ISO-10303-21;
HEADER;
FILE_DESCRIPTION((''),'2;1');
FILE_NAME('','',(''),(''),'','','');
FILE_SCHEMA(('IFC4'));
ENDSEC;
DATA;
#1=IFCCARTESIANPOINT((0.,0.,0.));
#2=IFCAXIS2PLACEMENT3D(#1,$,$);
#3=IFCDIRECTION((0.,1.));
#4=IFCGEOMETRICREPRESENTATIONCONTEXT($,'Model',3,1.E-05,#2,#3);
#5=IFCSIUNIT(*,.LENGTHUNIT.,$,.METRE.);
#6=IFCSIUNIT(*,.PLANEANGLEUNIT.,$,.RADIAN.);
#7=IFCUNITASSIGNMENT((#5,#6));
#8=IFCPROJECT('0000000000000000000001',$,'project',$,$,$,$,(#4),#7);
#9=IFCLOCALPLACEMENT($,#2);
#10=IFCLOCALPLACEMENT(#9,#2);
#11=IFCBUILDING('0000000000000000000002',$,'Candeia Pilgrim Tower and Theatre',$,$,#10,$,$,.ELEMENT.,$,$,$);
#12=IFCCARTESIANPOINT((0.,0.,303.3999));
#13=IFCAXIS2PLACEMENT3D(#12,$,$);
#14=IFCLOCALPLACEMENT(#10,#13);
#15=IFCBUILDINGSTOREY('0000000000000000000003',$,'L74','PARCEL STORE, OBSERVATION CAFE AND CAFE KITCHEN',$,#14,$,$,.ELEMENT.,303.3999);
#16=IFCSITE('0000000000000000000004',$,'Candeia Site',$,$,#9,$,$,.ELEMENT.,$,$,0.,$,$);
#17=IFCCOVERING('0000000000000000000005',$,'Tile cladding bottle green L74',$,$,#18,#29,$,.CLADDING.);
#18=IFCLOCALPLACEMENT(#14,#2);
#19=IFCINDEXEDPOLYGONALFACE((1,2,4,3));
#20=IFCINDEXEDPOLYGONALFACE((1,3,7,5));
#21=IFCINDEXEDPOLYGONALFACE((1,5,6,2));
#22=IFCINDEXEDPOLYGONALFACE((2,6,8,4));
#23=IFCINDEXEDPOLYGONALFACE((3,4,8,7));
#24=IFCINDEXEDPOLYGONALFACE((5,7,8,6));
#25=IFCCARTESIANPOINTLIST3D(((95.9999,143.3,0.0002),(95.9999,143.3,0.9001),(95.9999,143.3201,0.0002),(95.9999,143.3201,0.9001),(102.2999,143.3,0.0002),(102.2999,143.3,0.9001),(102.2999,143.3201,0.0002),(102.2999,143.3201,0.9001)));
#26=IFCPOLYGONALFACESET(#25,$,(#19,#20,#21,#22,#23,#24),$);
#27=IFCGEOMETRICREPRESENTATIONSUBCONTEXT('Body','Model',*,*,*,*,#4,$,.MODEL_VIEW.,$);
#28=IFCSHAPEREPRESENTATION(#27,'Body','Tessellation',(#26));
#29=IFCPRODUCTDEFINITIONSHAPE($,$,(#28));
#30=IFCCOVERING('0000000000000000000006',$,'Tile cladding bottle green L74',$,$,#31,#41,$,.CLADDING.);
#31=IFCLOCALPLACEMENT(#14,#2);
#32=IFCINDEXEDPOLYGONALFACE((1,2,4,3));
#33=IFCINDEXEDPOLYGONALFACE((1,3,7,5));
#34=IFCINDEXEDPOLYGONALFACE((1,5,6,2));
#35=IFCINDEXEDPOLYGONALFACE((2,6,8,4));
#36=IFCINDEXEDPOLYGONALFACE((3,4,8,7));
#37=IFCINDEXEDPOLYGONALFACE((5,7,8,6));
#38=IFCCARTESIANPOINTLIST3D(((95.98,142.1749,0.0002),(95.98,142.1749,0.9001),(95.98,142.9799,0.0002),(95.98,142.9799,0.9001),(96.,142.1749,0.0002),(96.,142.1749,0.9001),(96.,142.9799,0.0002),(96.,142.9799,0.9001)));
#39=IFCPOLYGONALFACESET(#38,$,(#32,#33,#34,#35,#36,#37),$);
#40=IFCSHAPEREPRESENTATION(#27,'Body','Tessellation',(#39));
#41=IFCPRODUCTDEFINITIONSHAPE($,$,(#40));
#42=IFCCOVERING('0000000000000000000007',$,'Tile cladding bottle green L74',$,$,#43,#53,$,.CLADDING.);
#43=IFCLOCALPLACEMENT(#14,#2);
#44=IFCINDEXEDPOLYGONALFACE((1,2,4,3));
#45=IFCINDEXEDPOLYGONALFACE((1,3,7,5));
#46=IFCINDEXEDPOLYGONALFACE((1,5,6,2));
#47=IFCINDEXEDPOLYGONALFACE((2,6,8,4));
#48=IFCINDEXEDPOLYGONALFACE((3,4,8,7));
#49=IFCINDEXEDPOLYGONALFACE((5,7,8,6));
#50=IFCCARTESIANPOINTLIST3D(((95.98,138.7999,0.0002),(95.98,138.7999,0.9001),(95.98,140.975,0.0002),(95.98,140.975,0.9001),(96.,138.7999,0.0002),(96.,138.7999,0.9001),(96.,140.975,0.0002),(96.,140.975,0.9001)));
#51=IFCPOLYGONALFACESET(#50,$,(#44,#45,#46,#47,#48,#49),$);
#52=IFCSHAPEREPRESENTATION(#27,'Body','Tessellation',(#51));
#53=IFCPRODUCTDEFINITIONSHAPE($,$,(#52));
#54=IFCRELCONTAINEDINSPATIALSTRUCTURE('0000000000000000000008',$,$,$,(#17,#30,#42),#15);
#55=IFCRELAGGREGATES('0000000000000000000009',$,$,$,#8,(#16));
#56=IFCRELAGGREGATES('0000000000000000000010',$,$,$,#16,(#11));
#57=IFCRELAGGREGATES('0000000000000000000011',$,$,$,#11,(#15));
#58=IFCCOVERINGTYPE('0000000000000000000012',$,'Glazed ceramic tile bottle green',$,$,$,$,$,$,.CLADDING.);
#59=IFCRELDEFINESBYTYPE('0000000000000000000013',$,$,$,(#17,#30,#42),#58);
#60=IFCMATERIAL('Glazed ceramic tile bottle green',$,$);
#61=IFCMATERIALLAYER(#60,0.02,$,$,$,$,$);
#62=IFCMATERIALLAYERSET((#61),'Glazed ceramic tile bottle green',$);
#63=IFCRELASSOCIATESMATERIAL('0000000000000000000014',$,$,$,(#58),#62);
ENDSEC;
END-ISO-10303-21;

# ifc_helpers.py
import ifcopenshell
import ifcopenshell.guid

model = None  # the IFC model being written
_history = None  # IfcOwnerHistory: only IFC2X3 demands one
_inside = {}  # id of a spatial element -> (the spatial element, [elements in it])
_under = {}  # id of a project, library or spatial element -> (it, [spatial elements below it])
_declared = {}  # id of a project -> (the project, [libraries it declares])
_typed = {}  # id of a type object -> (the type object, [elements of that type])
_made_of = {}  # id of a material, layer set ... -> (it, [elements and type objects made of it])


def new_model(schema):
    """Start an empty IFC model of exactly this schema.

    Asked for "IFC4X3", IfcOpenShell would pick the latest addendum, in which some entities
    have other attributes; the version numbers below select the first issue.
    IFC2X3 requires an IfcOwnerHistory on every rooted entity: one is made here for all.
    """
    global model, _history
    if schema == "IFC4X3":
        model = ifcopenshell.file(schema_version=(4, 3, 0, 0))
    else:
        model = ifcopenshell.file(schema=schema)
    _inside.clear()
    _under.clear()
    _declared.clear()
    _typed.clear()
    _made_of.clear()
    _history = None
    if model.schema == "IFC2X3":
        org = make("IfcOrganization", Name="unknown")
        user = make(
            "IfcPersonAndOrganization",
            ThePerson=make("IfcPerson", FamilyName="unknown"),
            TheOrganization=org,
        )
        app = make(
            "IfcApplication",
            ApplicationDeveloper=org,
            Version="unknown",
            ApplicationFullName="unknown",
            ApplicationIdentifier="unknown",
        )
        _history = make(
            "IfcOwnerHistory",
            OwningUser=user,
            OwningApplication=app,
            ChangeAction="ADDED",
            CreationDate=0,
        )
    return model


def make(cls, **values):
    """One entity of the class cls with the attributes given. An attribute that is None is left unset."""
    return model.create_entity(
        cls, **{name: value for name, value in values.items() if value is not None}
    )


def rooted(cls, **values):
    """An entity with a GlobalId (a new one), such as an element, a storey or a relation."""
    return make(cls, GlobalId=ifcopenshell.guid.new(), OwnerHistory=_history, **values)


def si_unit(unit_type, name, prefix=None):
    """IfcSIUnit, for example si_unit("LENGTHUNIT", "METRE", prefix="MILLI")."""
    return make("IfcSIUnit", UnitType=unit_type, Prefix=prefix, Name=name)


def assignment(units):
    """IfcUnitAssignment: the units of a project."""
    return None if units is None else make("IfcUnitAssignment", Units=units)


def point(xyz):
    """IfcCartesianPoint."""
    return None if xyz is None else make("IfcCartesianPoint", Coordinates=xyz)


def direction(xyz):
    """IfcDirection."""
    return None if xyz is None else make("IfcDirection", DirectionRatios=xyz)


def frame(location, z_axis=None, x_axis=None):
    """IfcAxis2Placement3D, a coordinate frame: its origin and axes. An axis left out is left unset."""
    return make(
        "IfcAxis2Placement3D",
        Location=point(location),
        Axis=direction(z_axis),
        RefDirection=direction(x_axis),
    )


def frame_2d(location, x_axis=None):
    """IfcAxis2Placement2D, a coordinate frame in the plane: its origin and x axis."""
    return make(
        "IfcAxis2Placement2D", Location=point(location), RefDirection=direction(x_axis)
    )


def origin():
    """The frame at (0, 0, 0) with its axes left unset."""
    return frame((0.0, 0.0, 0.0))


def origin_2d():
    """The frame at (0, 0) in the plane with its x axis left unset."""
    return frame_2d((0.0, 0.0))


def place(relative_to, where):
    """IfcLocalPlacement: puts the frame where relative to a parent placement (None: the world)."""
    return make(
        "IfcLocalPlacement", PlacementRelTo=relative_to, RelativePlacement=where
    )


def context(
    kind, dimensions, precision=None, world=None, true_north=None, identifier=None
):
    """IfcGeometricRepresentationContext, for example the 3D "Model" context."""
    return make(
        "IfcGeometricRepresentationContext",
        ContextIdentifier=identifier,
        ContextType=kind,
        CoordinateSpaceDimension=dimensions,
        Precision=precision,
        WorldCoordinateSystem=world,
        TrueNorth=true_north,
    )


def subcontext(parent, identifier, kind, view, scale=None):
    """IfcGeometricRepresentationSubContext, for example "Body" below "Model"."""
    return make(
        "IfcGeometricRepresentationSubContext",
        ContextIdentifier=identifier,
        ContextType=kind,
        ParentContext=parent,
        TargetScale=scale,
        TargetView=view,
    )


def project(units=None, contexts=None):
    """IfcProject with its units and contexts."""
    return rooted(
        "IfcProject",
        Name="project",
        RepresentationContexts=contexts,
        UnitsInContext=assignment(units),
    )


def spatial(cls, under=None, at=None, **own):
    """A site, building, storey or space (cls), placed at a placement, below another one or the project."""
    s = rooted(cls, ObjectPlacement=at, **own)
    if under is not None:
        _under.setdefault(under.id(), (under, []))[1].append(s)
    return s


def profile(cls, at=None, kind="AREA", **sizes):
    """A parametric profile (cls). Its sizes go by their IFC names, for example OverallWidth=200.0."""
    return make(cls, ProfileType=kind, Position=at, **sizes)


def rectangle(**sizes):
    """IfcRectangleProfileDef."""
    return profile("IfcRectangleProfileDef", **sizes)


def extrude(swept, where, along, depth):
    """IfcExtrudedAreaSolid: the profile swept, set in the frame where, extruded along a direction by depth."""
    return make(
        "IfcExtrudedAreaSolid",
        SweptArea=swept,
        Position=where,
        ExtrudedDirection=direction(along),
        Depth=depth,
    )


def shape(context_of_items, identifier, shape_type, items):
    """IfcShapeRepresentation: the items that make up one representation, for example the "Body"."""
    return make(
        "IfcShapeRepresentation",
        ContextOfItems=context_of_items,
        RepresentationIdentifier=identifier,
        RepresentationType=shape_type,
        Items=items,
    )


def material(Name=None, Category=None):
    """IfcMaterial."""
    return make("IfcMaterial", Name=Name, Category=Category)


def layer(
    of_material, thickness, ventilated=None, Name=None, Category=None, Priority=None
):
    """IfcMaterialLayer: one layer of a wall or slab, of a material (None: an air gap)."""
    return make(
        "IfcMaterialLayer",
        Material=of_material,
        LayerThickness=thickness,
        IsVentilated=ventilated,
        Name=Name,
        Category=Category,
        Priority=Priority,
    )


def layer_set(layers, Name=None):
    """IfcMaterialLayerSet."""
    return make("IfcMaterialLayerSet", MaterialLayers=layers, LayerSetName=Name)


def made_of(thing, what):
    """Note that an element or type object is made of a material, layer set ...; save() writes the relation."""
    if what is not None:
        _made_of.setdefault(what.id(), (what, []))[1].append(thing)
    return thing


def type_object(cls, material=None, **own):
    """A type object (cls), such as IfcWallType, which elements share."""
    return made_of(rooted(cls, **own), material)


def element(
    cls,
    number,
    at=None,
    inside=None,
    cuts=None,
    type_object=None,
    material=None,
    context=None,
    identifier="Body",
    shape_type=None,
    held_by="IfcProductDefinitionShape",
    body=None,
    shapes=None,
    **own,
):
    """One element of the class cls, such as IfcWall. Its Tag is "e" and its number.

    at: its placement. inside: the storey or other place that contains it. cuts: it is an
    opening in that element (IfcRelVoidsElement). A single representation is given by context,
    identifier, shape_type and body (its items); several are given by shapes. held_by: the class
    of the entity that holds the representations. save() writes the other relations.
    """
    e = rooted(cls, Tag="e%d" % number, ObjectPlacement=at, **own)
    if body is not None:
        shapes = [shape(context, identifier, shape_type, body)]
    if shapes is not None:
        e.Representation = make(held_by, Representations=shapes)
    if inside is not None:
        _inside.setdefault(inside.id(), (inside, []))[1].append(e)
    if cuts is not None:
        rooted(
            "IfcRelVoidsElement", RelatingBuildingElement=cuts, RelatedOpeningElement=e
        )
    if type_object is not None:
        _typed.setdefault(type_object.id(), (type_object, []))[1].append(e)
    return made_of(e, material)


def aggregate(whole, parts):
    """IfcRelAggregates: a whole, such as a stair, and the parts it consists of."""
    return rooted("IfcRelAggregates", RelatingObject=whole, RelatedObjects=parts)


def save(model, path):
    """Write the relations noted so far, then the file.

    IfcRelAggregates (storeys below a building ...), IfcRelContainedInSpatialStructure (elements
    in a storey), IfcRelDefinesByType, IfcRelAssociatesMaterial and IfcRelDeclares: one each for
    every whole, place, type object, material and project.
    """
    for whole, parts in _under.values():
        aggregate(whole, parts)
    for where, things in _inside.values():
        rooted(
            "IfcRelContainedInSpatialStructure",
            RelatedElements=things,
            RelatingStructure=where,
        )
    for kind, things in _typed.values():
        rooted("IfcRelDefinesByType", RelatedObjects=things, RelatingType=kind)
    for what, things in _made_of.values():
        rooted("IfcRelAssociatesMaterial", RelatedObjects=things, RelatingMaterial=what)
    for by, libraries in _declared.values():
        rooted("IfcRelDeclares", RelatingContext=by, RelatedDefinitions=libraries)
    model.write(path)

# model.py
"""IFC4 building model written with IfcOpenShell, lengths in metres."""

from ifc_helpers import new_model, si_unit, direction, frame, origin, origin_2d, place, context, subcontext, project, spatial, rectangle, extrude, material, layer, layer_set, type_object, element, save


model = new_model("IFC4")

# Units and contexts
model_context = context("Model", 3, precision=1e-05, world=origin(), true_north=direction((0.0, 1.0)))
body_context = subcontext(model_context, "Body", "Model", "MODEL_VIEW")
ifc_project = project(units=[si_unit("LENGTHUNIT", "METRE"), si_unit("PLANEANGLEUNIT", "RADIAN")], contexts=[model_context])

# Site, building, storey
site_placement = place(None, origin())
site = spatial("IfcSite", under=ifc_project, at=site_placement, Name="Candeia Site", CompositionType="ELEMENT", RefElevation=0.0)
building_placement = place(site_placement, origin())
building = spatial("IfcBuilding", under=site, at=building_placement, Name="Candeia Pilgrim Tower and Theatre", CompositionType="ELEMENT")
storey_placement = place(building_placement, frame((0.0, 0.0, 303.3999)))
storey = spatial("IfcBuildingStorey", under=building, at=storey_placement, Name="L74", Description="PARCEL STORE, OBSERVATION CAFE AND CAFE KITCHEN", CompositionType="ELEMENT", Elevation=303.3999)

# Coverings
ifc_material_1 = material(Name="Glazed ceramic tile bottle green")
ifc_layer_1 = layer(ifc_material_1, 0.02)
ifc_layer_set_1 = layer_set([ifc_layer_1], Name="Glazed ceramic tile bottle green")
covering_type = type_object("IfcCoveringType", Name="Glazed ceramic tile bottle green", PredefinedType="CLADDING", material=ifc_layer_set_1)
covering_1_placement = place(storey_placement, frame((99.1499, 143.3101, 0.0002), z_axis=(0.0, 0.0, 1.0), x_axis=(-1.0, 0.0, 0.0)))
element("IfcCovering", 1, at=covering_1_placement, inside=storey, type_object=covering_type, Name="Tile cladding bottle green L74", PredefinedType="CLADDING", context=body_context, shape_type="SweptSolid", body=[
    extrude(rectangle(XDim=6.3, YDim=0.02, at=origin_2d()), origin(), (0.0, 0.0, 1.0), 0.8999),
])
covering_2_placement = place(storey_placement, frame((95.99, 142.5774, 0.0002), z_axis=(0.0, 0.0, 1.0), x_axis=(0.0, -1.0, 0.0)))
element("IfcCovering", 2, at=covering_2_placement, inside=storey, type_object=covering_type, Name="Tile cladding bottle green L74", PredefinedType="CLADDING", context=body_context, shape_type="SweptSolid", body=[
    extrude(rectangle(XDim=0.8049, YDim=0.02, at=origin_2d()), origin(), (0.0, 0.0, 1.0), 0.8999),
])
covering_3_placement = place(storey_placement, frame((95.99, 139.8875, 0.0002), z_axis=(0.0, 0.0, 1.0), x_axis=(0.0, -1.0, 0.0)))
element("IfcCovering", 3, at=covering_3_placement, inside=storey, type_object=covering_type, Name="Tile cladding bottle green L74", PredefinedType="CLADDING", context=body_context, shape_type="SweptSolid", body=[
    extrude(rectangle(XDim=2.175, YDim=0.02, at=origin_2d()), origin(), (0.0, 0.0, 1.0), 0.8999),
])

save(model, "model.ifc")
